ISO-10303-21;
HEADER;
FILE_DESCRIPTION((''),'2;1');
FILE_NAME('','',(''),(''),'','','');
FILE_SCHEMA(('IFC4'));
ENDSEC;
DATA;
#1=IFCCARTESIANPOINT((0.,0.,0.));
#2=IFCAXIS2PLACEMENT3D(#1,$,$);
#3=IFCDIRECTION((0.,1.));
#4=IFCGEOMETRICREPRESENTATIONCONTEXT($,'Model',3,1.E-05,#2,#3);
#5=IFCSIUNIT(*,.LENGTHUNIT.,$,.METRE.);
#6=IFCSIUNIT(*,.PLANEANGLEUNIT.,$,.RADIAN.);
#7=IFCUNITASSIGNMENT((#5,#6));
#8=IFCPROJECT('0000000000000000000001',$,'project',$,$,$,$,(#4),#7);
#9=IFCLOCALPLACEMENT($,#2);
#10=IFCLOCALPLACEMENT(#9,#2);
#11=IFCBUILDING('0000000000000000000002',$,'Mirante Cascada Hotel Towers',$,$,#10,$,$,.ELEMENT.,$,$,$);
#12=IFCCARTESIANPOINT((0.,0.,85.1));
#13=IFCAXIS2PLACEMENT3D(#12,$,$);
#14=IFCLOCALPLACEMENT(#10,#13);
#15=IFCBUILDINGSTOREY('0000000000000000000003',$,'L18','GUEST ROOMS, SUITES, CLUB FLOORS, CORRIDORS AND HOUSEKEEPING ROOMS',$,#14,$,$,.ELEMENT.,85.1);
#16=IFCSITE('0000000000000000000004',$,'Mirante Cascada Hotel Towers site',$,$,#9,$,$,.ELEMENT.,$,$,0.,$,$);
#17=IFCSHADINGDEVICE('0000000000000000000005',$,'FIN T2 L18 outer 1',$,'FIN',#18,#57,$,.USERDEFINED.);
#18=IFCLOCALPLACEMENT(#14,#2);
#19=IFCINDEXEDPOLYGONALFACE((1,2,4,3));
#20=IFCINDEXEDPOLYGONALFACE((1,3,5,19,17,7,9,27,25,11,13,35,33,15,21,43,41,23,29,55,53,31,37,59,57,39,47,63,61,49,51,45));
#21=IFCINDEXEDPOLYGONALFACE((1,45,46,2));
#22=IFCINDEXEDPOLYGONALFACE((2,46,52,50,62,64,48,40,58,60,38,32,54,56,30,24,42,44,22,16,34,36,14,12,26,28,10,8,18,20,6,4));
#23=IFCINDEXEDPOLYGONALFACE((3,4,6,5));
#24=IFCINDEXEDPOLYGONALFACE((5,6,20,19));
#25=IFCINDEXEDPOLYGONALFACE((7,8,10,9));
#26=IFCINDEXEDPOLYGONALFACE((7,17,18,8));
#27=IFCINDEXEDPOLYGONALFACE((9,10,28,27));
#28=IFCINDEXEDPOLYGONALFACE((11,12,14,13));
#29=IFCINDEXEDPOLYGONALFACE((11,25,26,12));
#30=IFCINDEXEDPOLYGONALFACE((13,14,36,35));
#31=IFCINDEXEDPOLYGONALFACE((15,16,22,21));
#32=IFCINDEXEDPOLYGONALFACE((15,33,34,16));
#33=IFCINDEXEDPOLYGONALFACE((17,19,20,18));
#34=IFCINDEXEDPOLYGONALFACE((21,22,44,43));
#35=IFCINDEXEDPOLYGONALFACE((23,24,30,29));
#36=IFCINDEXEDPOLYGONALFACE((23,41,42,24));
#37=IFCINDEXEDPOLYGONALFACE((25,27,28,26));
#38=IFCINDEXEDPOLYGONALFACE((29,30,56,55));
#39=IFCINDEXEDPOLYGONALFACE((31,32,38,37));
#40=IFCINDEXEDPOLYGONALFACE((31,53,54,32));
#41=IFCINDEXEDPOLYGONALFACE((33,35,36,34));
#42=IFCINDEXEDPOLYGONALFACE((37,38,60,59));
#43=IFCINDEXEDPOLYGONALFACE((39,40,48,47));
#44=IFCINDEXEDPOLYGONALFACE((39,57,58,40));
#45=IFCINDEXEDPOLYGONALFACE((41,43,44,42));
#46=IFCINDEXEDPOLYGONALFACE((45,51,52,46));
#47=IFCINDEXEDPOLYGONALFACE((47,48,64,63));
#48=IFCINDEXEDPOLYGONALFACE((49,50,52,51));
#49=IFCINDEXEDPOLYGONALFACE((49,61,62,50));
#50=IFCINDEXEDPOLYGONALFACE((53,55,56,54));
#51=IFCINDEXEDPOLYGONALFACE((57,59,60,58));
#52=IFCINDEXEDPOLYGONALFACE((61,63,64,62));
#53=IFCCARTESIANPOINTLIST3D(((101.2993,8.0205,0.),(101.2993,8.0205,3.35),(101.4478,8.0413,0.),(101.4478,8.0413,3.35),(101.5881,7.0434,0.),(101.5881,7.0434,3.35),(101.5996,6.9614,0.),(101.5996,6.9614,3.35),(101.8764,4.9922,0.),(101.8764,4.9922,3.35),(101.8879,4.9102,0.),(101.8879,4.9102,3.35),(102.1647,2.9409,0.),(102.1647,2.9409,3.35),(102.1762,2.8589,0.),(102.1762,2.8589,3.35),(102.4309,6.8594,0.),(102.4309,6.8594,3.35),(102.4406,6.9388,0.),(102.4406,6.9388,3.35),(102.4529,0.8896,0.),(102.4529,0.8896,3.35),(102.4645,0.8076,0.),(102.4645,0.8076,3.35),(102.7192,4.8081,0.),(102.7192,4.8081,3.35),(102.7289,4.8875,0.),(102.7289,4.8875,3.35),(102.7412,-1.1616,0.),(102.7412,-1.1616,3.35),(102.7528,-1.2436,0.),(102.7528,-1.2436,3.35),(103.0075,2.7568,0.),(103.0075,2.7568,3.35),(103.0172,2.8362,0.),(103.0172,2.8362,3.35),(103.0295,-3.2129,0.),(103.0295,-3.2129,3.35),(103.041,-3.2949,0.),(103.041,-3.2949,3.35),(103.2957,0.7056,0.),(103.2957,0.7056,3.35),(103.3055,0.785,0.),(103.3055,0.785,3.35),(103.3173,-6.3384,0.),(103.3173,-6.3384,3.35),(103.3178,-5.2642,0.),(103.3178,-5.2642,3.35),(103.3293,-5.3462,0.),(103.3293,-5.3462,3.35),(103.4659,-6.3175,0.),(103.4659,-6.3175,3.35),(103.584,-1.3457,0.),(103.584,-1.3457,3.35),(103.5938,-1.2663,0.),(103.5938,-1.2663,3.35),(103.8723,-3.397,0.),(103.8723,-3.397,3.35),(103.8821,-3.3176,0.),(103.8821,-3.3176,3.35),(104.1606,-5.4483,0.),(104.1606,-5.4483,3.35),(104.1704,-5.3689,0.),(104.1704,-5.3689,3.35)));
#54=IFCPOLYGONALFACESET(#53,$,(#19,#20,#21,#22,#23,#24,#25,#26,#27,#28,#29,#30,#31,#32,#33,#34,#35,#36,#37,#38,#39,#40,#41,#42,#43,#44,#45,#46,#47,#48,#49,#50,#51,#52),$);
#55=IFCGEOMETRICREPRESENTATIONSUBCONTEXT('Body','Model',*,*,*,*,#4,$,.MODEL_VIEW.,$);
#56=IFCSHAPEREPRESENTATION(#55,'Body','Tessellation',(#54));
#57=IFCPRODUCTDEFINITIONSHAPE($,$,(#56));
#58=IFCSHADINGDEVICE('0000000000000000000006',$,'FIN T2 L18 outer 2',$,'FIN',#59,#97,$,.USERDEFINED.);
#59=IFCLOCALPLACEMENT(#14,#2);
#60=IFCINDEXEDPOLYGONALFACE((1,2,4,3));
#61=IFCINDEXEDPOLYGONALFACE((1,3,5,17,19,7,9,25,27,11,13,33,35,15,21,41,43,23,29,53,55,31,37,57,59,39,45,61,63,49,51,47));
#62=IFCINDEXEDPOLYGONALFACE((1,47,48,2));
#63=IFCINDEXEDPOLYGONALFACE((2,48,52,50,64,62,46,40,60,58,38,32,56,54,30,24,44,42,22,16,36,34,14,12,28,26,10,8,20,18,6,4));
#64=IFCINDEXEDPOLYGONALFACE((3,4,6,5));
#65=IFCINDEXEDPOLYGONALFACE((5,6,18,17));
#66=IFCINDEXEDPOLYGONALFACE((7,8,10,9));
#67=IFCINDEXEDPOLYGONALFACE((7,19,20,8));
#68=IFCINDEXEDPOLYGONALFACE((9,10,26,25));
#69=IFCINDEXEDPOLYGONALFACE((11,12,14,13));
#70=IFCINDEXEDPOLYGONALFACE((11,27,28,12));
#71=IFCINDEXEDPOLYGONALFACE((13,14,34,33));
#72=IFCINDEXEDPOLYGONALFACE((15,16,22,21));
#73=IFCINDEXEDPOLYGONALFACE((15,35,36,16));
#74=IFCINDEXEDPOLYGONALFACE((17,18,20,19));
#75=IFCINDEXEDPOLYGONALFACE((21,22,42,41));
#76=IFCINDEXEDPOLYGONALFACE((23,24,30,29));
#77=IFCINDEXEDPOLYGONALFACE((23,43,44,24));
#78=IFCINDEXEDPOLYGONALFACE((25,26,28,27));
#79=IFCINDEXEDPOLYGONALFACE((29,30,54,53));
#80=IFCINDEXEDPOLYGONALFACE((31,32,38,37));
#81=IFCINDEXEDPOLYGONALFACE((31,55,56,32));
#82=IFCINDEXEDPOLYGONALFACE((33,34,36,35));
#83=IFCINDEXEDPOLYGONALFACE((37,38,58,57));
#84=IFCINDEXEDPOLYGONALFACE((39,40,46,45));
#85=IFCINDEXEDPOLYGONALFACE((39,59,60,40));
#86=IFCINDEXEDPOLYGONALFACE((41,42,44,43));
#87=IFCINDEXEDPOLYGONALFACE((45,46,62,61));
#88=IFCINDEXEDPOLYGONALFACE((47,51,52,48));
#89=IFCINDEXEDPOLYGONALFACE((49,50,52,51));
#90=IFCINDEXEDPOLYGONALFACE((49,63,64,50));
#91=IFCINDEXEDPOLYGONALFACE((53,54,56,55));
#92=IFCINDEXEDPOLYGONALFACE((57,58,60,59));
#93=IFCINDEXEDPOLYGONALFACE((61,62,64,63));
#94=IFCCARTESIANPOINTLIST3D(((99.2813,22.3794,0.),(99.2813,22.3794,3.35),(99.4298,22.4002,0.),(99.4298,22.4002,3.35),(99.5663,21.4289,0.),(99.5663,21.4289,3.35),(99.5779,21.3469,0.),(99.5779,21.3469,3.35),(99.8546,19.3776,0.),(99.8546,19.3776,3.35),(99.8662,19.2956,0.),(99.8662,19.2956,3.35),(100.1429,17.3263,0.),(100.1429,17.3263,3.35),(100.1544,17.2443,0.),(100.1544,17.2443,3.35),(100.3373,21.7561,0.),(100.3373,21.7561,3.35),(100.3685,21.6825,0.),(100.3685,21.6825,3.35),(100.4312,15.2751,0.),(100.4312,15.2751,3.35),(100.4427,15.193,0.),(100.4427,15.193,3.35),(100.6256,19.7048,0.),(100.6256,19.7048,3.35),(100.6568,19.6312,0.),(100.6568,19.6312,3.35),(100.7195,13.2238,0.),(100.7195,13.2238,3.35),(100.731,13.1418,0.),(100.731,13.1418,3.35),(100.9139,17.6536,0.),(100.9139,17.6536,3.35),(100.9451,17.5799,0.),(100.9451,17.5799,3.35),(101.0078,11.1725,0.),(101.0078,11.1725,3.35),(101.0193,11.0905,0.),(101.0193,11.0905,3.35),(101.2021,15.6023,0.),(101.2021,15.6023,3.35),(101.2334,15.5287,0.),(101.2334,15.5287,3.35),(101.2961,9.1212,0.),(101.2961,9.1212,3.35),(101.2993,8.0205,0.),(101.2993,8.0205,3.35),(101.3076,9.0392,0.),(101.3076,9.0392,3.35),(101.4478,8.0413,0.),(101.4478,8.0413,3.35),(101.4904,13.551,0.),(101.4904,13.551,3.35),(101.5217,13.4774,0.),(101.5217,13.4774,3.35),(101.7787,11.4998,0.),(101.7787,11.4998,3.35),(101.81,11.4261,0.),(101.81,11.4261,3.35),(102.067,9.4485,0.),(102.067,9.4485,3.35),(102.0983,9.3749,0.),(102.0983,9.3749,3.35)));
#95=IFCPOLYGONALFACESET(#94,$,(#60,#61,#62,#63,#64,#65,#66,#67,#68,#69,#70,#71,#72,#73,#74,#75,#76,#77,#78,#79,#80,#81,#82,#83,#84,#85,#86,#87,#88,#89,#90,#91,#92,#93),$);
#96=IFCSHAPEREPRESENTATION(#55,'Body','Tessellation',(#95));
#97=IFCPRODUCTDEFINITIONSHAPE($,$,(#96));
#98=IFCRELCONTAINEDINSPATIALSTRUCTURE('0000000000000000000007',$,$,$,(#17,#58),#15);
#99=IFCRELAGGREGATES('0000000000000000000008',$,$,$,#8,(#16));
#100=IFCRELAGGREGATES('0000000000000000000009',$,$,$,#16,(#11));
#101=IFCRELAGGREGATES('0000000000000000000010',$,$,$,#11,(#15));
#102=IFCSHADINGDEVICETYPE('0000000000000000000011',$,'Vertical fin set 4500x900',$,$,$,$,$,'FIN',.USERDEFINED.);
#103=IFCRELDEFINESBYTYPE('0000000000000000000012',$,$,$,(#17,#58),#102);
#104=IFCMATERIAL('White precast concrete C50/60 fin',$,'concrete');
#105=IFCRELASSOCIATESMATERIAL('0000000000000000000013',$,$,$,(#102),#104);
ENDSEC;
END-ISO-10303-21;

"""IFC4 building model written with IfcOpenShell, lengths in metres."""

from ifc_helpers import new_model, si_unit, direction, frame, origin, place, context, subcontext, project, spatial, polyline, outline, extrude, material, type_object, element, save


model = new_model("IFC4")

# Units and contexts
model_context = context("Model", 3, precision=1e-05, world=origin(), true_north=direction((0.0, 1.0)))
body_context = subcontext(model_context, "Body", "Model", "MODEL_VIEW")
ifc_project = project(units=[si_unit("LENGTHUNIT", "METRE"), si_unit("PLANEANGLEUNIT", "RADIAN")], contexts=[model_context])

# Site, building, storey
site_placement = place(None, origin())
site = spatial("IfcSite", under=ifc_project, at=site_placement, Name="Mirante Cascada Hotel Towers site", CompositionType="ELEMENT", RefElevation=0.0)
building_placement = place(site_placement, origin())
building = spatial("IfcBuilding", under=site, at=building_placement, Name="Mirante Cascada Hotel Towers", CompositionType="ELEMENT")
storey_placement = place(building_placement, frame((0.0, 0.0, 85.1)))
storey = spatial("IfcBuildingStorey", under=building, at=storey_placement, Name="L18", Description="GUEST ROOMS, SUITES, CLUB FLOORS, CORRIDORS AND HOUSEKEEPING ROOMS", CompositionType="ELEMENT", Elevation=85.1)

# Shading devices
ifc_material_1 = material(Name="White precast concrete C50/60 fin", Category="concrete")
shading_device_type = type_object("IfcShadingDeviceType", Name="Vertical fin set 4500x900", ElementType="FIN", PredefinedType="USERDEFINED", material=ifc_material_1)
shading_device_1_placement = place(storey_placement, origin())
element("IfcShadingDevice", 1, at=shading_device_1_placement, inside=storey, type_object=shading_device_type, Name="FIN T2 L18 outer 1", ObjectType="FIN", PredefinedType="USERDEFINED", context=body_context, shape_type="SweptSolid", body=[
    extrude(outline(polyline([(104.1606, -5.4483), (103.3293, -5.3462), (103.4659, -6.3175), (103.3173, -6.3384), (101.2993, 8.0205), (101.4478, 8.0413), (101.5881, 7.0434), (102.4406, 6.9388), (102.4309, 6.8594), (101.5996, 6.9614), (101.8764, 4.9922), (102.7289, 4.8875), (102.7192, 4.8081), (101.8879, 4.9102), (102.1647, 2.9409), (103.0172, 2.8362), (103.0075, 2.7568), (102.1762, 2.8589), (102.4529, 0.8896), (103.3055, 0.785), (103.2957, 0.7056), (102.4645, 0.8076), (102.7412, -1.1616), (103.5938, -1.2663), (103.584, -1.3457), (102.7528, -1.2436), (103.0295, -3.2129), (103.8821, -3.3176), (103.8723, -3.397), (103.041, -3.2949), (103.3178, -5.2642), (104.1704, -5.3689), (104.1606, -5.4483)])), origin(), (0.0, 0.0, 1.0), 3.35),
])
shading_device_2_placement = place(storey_placement, origin())
element("IfcShadingDevice", 2, at=shading_device_2_placement, inside=storey, type_object=shading_device_type, Name="FIN T2 L18 outer 2", ObjectType="FIN", PredefinedType="USERDEFINED", context=body_context, shape_type="SweptSolid", body=[
    extrude(outline(polyline([(102.0983, 9.3749), (101.3076, 9.0392), (101.4478, 8.0413), (101.2993, 8.0205), (99.2813, 22.3794), (99.4298, 22.4002), (99.5663, 21.4289), (100.3373, 21.7561), (100.3685, 21.6825), (99.5779, 21.3469), (99.8546, 19.3776), (100.6256, 19.7048), (100.6568, 19.6312), (99.8662, 19.2956), (100.1429, 17.3263), (100.9139, 17.6536), (100.9451, 17.5799), (100.1544, 17.2443), (100.4312, 15.2751), (101.2021, 15.6023), (101.2334, 15.5287), (100.4427, 15.193), (100.7195, 13.2238), (101.4904, 13.551), (101.5217, 13.4774), (100.731, 13.1418), (101.0078, 11.1725), (101.7787, 11.4998), (101.81, 11.4261), (101.0193, 11.0905), (101.2961, 9.1212), (102.067, 9.4485), (102.0983, 9.3749)])), origin(), (0.0, 0.0, 1.0), 3.35),
])

save(model, "model.ifc")
